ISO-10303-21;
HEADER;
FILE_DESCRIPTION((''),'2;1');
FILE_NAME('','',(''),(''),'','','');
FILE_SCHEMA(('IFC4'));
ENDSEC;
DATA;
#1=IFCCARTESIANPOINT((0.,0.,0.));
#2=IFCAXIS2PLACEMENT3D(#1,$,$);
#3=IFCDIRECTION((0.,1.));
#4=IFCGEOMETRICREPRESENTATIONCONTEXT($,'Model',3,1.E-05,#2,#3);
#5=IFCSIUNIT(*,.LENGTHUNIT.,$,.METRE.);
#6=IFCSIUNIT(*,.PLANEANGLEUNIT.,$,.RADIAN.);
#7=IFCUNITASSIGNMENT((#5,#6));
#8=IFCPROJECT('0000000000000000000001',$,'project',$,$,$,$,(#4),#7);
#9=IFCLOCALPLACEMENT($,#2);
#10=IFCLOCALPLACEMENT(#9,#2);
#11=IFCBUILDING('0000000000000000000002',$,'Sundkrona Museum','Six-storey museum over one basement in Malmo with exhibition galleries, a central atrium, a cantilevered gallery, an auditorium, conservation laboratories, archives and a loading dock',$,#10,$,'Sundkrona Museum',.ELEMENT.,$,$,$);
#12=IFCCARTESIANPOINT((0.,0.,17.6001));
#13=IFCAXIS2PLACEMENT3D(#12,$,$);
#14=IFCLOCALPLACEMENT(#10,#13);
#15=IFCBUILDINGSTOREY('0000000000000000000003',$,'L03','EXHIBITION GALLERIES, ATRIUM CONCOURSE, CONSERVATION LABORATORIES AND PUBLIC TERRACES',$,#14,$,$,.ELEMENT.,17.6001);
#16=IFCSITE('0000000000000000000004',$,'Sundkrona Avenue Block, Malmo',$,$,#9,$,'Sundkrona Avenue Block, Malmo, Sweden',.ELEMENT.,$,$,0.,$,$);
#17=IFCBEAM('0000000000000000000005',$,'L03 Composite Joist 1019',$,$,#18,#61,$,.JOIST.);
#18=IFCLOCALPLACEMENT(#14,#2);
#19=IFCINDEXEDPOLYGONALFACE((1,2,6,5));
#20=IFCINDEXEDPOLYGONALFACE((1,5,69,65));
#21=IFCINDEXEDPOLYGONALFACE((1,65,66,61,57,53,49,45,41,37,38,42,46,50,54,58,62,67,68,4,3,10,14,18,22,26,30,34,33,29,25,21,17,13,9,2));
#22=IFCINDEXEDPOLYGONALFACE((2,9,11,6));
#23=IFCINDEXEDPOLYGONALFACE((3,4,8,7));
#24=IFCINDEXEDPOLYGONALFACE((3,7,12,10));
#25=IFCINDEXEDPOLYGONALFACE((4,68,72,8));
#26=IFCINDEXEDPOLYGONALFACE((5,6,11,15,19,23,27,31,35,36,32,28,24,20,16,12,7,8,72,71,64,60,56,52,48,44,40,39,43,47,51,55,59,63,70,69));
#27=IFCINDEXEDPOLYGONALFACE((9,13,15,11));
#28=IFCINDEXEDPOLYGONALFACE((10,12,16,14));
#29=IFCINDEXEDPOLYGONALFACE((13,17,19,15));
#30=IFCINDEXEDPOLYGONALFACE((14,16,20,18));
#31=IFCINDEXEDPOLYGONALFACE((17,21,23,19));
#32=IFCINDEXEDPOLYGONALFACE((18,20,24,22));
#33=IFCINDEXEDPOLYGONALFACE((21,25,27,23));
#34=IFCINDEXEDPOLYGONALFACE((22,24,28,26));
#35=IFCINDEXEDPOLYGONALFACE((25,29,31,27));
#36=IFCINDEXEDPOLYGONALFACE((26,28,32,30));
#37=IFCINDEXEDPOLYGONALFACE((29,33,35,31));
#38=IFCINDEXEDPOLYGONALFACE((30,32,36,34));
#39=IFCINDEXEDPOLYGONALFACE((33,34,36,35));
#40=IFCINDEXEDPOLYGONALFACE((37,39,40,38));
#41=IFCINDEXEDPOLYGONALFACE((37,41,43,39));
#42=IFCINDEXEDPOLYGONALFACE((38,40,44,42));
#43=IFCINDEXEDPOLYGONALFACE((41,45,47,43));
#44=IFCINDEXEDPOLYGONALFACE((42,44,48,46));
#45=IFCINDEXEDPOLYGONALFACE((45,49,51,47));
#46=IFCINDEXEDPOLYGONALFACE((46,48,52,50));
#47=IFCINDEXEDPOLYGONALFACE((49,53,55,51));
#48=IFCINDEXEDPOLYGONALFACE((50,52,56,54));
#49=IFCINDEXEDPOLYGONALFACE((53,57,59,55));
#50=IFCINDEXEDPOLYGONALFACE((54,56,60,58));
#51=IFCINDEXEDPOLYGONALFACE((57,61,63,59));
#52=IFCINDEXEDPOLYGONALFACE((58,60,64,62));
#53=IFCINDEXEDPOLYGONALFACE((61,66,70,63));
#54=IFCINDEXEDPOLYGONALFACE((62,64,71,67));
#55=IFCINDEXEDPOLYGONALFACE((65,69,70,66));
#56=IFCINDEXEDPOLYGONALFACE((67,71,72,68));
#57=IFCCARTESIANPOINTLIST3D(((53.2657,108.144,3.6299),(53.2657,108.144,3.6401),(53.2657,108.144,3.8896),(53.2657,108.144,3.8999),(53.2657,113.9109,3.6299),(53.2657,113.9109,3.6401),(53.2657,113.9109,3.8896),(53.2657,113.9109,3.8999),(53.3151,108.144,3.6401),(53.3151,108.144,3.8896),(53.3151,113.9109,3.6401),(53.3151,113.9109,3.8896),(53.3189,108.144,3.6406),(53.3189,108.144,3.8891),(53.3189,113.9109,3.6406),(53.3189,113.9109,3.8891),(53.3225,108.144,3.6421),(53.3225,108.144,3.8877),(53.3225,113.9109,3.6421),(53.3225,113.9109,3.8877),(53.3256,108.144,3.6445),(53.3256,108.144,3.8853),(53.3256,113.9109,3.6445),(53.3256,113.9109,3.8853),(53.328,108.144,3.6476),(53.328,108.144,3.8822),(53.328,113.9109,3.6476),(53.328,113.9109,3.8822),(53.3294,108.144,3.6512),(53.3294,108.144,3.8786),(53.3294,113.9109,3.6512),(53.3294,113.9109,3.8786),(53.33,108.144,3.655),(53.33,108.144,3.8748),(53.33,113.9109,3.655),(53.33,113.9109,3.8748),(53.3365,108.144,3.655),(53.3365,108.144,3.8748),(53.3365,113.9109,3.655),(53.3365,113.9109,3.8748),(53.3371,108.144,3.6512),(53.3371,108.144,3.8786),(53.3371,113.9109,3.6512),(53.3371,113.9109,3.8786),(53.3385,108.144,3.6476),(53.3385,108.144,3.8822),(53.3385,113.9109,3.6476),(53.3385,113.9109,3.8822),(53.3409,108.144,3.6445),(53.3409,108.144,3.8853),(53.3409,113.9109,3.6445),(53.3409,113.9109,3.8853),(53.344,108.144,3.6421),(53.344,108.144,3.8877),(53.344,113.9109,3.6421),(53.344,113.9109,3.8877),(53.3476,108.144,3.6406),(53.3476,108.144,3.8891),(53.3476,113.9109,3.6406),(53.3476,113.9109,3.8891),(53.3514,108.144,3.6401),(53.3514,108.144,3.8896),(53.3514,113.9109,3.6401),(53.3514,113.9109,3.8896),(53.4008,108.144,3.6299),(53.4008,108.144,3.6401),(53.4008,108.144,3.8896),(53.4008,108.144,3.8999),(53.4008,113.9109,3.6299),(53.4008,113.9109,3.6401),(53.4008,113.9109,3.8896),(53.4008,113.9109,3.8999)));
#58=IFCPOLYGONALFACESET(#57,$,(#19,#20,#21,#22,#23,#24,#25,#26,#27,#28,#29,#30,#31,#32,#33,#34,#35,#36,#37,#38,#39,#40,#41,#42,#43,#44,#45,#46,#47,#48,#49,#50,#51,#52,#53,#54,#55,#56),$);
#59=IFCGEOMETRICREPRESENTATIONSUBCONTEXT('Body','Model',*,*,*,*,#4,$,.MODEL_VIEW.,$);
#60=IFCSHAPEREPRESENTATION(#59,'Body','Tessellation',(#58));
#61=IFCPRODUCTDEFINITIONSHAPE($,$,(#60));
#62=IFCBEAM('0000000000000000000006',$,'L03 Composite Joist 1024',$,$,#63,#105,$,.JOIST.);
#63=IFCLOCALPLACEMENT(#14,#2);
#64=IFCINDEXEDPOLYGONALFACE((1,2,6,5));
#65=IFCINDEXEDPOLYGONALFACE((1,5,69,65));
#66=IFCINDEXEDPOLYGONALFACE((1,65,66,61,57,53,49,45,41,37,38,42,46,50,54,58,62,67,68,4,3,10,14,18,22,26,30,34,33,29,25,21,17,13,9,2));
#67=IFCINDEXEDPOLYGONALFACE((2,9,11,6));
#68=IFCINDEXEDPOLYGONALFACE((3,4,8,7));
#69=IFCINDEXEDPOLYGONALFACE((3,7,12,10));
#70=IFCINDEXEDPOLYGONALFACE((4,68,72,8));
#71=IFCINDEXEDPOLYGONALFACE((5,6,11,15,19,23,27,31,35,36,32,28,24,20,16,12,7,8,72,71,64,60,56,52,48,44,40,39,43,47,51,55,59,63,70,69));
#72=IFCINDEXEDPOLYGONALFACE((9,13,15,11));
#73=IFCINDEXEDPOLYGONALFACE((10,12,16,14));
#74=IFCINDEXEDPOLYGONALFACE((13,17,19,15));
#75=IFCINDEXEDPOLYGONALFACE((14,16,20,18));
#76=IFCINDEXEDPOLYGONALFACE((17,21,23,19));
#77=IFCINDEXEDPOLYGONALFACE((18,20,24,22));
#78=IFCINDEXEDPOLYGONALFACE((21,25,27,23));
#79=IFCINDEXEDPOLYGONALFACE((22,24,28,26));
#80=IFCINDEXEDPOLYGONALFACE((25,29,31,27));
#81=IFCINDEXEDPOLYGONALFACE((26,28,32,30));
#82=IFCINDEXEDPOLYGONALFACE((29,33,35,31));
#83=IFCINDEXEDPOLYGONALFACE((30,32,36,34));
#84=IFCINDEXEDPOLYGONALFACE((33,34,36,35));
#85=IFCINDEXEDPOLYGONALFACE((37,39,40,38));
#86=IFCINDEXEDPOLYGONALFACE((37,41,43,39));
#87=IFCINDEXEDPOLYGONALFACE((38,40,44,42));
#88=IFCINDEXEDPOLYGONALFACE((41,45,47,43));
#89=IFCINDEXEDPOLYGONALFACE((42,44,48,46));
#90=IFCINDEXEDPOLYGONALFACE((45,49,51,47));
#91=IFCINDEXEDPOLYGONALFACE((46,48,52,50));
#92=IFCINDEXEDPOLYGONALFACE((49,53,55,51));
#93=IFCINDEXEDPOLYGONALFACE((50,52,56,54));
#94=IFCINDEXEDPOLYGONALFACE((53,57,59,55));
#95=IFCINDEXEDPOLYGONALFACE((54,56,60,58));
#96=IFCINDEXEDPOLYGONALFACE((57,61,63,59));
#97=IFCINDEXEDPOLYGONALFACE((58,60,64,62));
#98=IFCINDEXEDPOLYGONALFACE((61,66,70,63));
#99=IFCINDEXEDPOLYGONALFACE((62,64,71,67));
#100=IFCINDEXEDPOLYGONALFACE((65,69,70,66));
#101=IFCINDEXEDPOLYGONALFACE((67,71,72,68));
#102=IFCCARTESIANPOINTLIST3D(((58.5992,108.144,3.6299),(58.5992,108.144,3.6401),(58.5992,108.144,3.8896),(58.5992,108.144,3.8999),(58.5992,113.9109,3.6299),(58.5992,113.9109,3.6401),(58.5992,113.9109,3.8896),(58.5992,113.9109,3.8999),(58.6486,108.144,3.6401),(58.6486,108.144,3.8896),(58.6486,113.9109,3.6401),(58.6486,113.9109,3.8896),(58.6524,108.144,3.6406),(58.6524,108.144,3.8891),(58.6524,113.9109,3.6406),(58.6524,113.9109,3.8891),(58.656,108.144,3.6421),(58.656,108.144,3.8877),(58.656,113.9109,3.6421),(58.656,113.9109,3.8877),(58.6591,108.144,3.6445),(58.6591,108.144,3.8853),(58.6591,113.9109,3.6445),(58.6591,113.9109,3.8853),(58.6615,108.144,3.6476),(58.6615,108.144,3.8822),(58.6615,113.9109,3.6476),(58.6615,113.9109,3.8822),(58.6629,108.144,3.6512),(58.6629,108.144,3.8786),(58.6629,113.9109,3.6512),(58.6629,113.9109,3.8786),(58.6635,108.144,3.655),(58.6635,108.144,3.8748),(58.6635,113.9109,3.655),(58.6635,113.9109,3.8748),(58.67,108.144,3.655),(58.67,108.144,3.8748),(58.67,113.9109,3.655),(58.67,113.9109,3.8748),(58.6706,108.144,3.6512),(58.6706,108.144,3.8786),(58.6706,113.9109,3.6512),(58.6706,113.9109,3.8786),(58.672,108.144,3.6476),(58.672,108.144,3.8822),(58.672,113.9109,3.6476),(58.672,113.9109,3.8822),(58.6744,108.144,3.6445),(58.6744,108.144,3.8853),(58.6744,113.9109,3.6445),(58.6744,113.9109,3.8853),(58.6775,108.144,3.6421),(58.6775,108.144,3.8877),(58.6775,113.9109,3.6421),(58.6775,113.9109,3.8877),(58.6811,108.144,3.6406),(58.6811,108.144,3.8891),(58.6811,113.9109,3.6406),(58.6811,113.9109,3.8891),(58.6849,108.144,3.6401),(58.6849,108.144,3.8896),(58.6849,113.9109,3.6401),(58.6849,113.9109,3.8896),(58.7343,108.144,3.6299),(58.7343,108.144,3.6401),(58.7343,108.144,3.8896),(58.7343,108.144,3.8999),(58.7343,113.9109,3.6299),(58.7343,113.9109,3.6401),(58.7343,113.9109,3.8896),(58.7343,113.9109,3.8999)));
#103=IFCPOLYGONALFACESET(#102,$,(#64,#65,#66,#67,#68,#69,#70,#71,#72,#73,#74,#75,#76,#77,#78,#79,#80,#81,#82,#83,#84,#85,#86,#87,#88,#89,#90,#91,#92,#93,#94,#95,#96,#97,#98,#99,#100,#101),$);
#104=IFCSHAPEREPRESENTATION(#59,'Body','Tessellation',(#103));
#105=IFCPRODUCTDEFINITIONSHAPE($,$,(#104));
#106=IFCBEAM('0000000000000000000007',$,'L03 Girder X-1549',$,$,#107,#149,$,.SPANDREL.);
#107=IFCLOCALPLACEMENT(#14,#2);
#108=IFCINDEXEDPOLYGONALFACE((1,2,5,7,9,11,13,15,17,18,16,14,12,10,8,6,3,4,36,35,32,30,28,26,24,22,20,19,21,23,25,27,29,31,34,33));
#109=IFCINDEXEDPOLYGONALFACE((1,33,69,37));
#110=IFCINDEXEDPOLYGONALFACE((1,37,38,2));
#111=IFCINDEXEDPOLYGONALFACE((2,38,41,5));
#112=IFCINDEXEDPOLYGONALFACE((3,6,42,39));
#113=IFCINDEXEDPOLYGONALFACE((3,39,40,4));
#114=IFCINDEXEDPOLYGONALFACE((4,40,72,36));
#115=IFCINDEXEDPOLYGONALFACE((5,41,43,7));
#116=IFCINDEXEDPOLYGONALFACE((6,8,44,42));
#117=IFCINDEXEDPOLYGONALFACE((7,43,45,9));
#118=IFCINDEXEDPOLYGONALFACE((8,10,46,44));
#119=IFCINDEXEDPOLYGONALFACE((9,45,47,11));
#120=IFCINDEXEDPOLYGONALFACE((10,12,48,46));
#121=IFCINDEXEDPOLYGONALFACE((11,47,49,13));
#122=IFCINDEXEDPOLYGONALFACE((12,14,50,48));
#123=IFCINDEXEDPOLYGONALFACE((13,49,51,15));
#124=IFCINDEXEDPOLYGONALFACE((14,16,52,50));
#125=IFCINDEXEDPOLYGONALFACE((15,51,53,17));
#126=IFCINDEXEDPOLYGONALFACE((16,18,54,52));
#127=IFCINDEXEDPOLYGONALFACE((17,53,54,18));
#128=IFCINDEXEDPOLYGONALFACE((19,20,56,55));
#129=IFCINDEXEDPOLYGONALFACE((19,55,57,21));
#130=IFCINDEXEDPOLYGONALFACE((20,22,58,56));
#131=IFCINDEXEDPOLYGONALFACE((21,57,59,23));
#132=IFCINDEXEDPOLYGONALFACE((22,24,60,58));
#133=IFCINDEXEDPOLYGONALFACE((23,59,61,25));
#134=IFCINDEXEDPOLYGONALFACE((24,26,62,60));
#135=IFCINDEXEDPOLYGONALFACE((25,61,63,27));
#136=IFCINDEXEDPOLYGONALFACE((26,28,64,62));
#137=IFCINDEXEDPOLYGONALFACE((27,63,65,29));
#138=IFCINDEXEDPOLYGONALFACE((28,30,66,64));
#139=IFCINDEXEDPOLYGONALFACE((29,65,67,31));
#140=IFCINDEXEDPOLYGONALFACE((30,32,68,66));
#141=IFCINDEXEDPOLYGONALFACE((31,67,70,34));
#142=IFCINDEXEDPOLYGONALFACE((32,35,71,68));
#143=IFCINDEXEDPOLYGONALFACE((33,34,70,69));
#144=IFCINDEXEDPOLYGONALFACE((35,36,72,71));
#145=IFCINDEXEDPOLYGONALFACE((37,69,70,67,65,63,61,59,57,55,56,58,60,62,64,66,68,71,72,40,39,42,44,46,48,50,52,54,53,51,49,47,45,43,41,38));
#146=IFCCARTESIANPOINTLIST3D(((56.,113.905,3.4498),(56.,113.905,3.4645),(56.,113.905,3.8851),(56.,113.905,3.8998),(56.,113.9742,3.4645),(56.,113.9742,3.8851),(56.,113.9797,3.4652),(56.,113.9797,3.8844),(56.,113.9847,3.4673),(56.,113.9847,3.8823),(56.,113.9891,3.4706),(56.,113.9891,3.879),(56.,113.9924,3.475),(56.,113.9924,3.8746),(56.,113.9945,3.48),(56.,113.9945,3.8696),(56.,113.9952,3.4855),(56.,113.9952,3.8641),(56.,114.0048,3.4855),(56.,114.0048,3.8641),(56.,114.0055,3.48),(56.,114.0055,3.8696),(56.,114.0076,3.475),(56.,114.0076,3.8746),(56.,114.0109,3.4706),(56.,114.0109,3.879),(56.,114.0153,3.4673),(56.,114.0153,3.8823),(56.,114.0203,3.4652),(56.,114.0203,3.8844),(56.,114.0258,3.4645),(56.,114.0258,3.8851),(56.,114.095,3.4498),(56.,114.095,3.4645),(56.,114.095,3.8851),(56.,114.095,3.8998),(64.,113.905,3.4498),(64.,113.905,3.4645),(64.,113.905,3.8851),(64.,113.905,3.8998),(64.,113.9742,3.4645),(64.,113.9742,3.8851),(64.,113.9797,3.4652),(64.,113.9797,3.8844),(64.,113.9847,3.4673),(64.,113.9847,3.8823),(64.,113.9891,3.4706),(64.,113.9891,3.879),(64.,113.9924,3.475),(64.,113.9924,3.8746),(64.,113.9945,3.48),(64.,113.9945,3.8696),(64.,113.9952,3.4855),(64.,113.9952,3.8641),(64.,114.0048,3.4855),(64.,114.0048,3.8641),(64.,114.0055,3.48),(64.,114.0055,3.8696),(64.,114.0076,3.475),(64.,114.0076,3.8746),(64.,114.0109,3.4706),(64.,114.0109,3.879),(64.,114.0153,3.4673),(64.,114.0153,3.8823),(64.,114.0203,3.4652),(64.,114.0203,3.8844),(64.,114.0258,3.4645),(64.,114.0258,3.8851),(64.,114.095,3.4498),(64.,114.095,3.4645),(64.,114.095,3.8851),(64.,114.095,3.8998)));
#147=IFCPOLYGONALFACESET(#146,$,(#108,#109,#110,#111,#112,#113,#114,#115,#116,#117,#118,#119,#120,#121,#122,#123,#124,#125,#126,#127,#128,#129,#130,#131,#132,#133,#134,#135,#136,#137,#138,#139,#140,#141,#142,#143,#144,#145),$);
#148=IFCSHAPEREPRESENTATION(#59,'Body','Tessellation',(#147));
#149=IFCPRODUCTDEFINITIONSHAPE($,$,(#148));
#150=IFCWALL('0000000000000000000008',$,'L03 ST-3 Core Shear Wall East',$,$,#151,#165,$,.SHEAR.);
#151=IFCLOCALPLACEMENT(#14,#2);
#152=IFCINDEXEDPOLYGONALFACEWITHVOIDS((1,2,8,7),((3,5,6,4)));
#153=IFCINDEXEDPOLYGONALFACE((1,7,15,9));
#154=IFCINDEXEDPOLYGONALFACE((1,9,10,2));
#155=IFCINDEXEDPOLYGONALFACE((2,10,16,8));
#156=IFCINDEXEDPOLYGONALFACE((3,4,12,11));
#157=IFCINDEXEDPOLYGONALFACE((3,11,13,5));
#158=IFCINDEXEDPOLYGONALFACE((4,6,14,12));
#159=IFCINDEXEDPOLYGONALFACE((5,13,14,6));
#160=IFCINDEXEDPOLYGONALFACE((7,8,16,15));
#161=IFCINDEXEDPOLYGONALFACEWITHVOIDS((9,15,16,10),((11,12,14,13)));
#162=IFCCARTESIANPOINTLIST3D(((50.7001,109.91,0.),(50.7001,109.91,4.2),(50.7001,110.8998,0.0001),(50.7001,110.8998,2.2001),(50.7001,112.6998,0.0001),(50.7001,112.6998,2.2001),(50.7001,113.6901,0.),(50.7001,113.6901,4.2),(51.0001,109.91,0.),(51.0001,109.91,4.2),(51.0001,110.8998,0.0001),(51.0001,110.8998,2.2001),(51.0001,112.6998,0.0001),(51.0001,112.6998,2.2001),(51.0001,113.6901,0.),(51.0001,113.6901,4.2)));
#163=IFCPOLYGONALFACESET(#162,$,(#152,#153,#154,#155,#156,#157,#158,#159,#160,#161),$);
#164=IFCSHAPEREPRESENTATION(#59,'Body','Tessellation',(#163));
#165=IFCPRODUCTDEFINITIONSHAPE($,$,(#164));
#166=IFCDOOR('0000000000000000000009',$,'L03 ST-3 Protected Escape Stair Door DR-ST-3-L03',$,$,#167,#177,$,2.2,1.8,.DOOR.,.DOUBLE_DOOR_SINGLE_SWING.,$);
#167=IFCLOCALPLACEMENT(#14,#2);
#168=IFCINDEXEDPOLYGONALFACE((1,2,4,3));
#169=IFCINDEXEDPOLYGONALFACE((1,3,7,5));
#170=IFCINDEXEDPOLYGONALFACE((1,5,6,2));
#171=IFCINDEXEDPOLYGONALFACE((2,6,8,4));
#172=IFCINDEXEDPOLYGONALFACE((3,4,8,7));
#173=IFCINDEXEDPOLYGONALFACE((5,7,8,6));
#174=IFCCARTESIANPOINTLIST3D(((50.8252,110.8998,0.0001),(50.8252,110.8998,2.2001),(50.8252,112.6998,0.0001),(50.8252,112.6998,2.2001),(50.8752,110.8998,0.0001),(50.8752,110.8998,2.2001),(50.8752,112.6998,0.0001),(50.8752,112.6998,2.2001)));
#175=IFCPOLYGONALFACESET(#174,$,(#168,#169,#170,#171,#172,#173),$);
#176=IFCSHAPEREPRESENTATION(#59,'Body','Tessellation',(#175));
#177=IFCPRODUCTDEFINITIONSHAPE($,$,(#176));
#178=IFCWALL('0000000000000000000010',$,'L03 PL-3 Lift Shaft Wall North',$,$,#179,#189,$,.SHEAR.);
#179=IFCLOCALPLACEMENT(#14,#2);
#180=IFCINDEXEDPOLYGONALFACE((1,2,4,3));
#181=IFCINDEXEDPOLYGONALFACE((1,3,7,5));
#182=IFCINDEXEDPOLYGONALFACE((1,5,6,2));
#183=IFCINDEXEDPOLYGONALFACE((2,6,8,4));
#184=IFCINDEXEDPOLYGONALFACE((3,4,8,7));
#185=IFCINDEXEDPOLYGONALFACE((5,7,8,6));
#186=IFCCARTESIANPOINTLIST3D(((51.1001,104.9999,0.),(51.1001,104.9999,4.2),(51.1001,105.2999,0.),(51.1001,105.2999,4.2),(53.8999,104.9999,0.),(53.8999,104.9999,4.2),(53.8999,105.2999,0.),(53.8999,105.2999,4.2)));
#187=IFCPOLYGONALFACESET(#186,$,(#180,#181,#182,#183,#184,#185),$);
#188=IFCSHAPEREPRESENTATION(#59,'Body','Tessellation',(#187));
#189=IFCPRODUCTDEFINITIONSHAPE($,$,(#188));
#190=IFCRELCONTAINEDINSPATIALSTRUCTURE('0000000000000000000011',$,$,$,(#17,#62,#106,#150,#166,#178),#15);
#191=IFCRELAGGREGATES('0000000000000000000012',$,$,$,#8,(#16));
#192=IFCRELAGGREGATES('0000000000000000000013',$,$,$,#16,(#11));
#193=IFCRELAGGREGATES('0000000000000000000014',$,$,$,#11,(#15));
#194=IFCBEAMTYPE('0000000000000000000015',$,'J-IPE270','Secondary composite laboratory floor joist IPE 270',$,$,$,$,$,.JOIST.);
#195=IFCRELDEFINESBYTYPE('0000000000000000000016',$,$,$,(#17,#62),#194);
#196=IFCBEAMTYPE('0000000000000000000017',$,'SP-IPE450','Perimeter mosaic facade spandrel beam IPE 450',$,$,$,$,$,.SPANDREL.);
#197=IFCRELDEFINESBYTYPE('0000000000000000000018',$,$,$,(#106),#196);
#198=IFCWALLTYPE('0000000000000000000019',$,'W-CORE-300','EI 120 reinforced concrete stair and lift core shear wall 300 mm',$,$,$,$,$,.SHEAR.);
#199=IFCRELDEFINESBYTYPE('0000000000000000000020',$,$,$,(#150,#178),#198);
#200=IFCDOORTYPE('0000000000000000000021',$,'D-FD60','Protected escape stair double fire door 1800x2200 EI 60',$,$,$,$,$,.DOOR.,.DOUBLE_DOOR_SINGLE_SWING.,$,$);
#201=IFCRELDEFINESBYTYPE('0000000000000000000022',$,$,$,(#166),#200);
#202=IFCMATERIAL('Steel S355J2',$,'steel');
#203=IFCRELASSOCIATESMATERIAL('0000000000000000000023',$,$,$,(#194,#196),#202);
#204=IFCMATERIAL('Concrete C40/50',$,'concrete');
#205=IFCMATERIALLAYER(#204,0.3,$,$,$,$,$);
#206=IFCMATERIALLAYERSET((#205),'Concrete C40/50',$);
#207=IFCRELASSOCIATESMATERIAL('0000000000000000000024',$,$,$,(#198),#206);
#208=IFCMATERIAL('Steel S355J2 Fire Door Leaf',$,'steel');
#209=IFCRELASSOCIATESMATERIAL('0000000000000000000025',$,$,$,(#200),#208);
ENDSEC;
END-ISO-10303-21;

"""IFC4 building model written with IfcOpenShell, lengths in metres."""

from ifc_helpers import new_model, si_unit, direction, frame, frame_2d, origin, origin_2d, place, context, subcontext, project, spatial, rectangle, i_section, extrude, material, layer, layer_set, material_profile, profile_set, type_object, element, fill, save


model = new_model("IFC4")

# Units and contexts
model_context = context("Model", 3, precision=1e-05, world=origin(), true_north=direction((0.0, 1.0)))
body_context = subcontext(model_context, "Body", "Model", "MODEL_VIEW")
ifc_project = project(units=[si_unit("LENGTHUNIT", "METRE"), si_unit("PLANEANGLEUNIT", "RADIAN")], contexts=[model_context])

# Site, building, storey
site_placement = place(None, origin())
site = spatial("IfcSite", under=ifc_project, at=site_placement, Name="Sundkrona Avenue Block, Malmo", LongName="Sundkrona Avenue Block, Malmo, Sweden", CompositionType="ELEMENT", RefElevation=0.0)
building_placement = place(site_placement, origin())
building = spatial("IfcBuilding", under=site, at=building_placement, Name="Sundkrona Museum", Description="Six-storey museum over one basement in Malmo with exhibition galleries, a central atrium, a cantilevered gallery, an auditorium, conservation laboratories, archives and a loading dock", LongName="Sundkrona Museum", CompositionType="ELEMENT")
storey_placement = place(building_placement, frame((0.0, 0.0, 17.6001)))
storey = spatial("IfcBuildingStorey", under=building, at=storey_placement, Name="L03", Description="EXHIBITION GALLERIES, ATRIUM CONCOURSE, CONSERVATION LABORATORIES AND PUBLIC TERRACES", CompositionType="ELEMENT", Elevation=17.6001)

# Shared definitions
ifc_material_1 = material(Name="Steel S355J2", Category="steel")

# Beams
ifc_material_profile_1 = material_profile(ifc_material_1, i_section(OverallWidth=0.135, OverallDepth=0.27, WebThickness=0.0066, FlangeThickness=0.0103, FilletRadius=0.0149, at=origin_2d()), Name="IPE 270")
ifc_profile_set_1 = profile_set([ifc_material_profile_1], Name="Steel S355J2")
beam_type_1 = type_object("IfcBeamType", Name="J-IPE270", Description="Secondary composite laboratory floor joist IPE 270", PredefinedType="JOIST", material=ifc_profile_set_1)
for number, where, z_axis, x_axis, name in (
    (1, (53.3333, 108.144, 3.7649), (0.0, 1.0, 0.0), (-1.0, 0.0, 0.0), "L03 Composite Joist 1019"),
    (2, (58.6667, 108.144, 3.7649), (0.0, 1.0, 0.0), (-1.0, 0.0, 0.0), "L03 Composite Joist 1024"),
):
    element("IfcBeam", number, at=place(storey_placement, frame(where, z_axis=z_axis, x_axis=x_axis)), inside=storey, type_object=beam_type_1, Name=name, PredefinedType="JOIST", context=body_context, shape_type="SweptSolid", body=[
        extrude(i_section(OverallWidth=0.135, OverallDepth=0.27, WebThickness=0.0066, FlangeThickness=0.0103, FilletRadius=0.0149, at=origin_2d()), origin(), (0.0, 0.0, 1.0), 5.7668),
    ])
ifc_material_profile_2 = material_profile(ifc_material_1, i_section(OverallWidth=0.1899, OverallDepth=0.45, WebThickness=0.0095, FlangeThickness=0.0146, FilletRadius=0.021, at=origin_2d()), Name="IPE 450")
ifc_profile_set_2 = profile_set([ifc_material_profile_2], Name="Steel S355J2")
beam_type_2 = type_object("IfcBeamType", Name="SP-IPE450", Description="Perimeter mosaic facade spandrel beam IPE 450", PredefinedType="SPANDREL", material=ifc_profile_set_2)
beam_1_placement = place(storey_placement, frame((56.0, 114.0, 3.6748), z_axis=(1.0, 0.0, 0.0), x_axis=(0.0, 1.0, 0.0)))
element("IfcBeam", 3, at=beam_1_placement, inside=storey, type_object=beam_type_2, Name="L03 Girder X-1549", PredefinedType="SPANDREL", context=body_context, shape_type="SweptSolid", body=[
    extrude(i_section(OverallWidth=0.1899, OverallDepth=0.45, WebThickness=0.0095, FlangeThickness=0.0146, FilletRadius=0.021, at=origin_2d()), origin(), (0.0, 0.0, 1.0), 8.0),
])

# Wall, opening, door
ifc_material_2 = material(Name="Concrete C40/50", Category="concrete")
ifc_layer_1 = layer(ifc_material_2, 0.3)
ifc_layer_set_1 = layer_set([ifc_layer_1], Name="Concrete C40/50")
wall_type_1 = type_object("IfcWallType", Name="W-CORE-300", Description="EI 120 reinforced concrete stair and lift core shear wall 300 mm", PredefinedType="SHEAR", material=ifc_layer_set_1)
wall_1_placement = place(storey_placement, frame((50.8501, 109.9099, 0.0), z_axis=(0.0, 0.0, 1.0), x_axis=(0.0, 1.0, 0.0)))
wall_1 = element("IfcWall", 4, at=wall_1_placement, inside=storey, type_object=wall_type_1, Name="L03 ST-3 Core Shear Wall East", PredefinedType="SHEAR", context=body_context, shape_type="SweptSolid", body=[
    extrude(rectangle(XDim=3.78, YDim=0.3, at=frame_2d((1.8901, 0.0))), origin(), (0.0, 0.0, 1.0), 4.2),
])
opening_1_placement = place(wall_1_placement, frame((0.99, 0.0, 0.0)))
opening_1 = element("IfcOpeningElement", 5, at=opening_1_placement, cuts=wall_1, PredefinedType="OPENING", context=body_context, shape_type="SweptSolid", body=[
    extrude(rectangle(XDim=1.8, YDim=2.2, at=frame_2d((0.8999, 1.1001))), frame((0.0, 0.1599, 0.0), z_axis=(0.0, -1.0, 0.0), x_axis=(1.0, 0.0, 0.0)), (0.0, 0.0, 1.0), 0.3201),
])
ifc_material_3 = material(Name="Steel S355J2 Fire Door Leaf", Category="steel")
door_type_1 = type_object("IfcDoorType", Name="D-FD60", Description="Protected escape stair double fire door 1800x2200 EI 60", OperationType="DOUBLE_DOOR_SINGLE_SWING", PredefinedType="DOOR", material=ifc_material_3)
door_1_placement = place(opening_1_placement, origin())
door_1 = element("IfcDoor", 6, at=door_1_placement, inside=storey, type_object=door_type_1, Name="L03 ST-3 Protected Escape Stair Door DR-ST-3-L03", OperationType="DOUBLE_DOOR_SINGLE_SWING", OverallHeight=2.2, OverallWidth=1.8, PredefinedType="DOOR", context=body_context, shape_type="SweptSolid", body=[
    extrude(rectangle(XDim=1.8, YDim=2.2, at=frame_2d((0.8999, 1.1001))), frame((0.0, 0.0249, 0.0), z_axis=(0.0, -1.0, 0.0), x_axis=(1.0, 0.0, 0.0)), (0.0, 0.0, 1.0), 0.05),
])
fill(opening_1, door_1)

# Wall
wall_2_placement = place(storey_placement, frame((51.1001, 105.1499, 0.0), z_axis=(0.0, 0.0, 1.0), x_axis=(1.0, 0.0, 0.0)))
element("IfcWall", 7, at=wall_2_placement, inside=storey, type_object=wall_type_1, Name="L03 PL-3 Lift Shaft Wall North", PredefinedType="SHEAR", context=body_context, shape_type="SweptSolid", body=[
    extrude(rectangle(XDim=2.7998, YDim=0.3, at=frame_2d((1.3999, 0.0))), origin(), (0.0, 0.0, 1.0), 4.2),
])

save(model, "model.ifc")
